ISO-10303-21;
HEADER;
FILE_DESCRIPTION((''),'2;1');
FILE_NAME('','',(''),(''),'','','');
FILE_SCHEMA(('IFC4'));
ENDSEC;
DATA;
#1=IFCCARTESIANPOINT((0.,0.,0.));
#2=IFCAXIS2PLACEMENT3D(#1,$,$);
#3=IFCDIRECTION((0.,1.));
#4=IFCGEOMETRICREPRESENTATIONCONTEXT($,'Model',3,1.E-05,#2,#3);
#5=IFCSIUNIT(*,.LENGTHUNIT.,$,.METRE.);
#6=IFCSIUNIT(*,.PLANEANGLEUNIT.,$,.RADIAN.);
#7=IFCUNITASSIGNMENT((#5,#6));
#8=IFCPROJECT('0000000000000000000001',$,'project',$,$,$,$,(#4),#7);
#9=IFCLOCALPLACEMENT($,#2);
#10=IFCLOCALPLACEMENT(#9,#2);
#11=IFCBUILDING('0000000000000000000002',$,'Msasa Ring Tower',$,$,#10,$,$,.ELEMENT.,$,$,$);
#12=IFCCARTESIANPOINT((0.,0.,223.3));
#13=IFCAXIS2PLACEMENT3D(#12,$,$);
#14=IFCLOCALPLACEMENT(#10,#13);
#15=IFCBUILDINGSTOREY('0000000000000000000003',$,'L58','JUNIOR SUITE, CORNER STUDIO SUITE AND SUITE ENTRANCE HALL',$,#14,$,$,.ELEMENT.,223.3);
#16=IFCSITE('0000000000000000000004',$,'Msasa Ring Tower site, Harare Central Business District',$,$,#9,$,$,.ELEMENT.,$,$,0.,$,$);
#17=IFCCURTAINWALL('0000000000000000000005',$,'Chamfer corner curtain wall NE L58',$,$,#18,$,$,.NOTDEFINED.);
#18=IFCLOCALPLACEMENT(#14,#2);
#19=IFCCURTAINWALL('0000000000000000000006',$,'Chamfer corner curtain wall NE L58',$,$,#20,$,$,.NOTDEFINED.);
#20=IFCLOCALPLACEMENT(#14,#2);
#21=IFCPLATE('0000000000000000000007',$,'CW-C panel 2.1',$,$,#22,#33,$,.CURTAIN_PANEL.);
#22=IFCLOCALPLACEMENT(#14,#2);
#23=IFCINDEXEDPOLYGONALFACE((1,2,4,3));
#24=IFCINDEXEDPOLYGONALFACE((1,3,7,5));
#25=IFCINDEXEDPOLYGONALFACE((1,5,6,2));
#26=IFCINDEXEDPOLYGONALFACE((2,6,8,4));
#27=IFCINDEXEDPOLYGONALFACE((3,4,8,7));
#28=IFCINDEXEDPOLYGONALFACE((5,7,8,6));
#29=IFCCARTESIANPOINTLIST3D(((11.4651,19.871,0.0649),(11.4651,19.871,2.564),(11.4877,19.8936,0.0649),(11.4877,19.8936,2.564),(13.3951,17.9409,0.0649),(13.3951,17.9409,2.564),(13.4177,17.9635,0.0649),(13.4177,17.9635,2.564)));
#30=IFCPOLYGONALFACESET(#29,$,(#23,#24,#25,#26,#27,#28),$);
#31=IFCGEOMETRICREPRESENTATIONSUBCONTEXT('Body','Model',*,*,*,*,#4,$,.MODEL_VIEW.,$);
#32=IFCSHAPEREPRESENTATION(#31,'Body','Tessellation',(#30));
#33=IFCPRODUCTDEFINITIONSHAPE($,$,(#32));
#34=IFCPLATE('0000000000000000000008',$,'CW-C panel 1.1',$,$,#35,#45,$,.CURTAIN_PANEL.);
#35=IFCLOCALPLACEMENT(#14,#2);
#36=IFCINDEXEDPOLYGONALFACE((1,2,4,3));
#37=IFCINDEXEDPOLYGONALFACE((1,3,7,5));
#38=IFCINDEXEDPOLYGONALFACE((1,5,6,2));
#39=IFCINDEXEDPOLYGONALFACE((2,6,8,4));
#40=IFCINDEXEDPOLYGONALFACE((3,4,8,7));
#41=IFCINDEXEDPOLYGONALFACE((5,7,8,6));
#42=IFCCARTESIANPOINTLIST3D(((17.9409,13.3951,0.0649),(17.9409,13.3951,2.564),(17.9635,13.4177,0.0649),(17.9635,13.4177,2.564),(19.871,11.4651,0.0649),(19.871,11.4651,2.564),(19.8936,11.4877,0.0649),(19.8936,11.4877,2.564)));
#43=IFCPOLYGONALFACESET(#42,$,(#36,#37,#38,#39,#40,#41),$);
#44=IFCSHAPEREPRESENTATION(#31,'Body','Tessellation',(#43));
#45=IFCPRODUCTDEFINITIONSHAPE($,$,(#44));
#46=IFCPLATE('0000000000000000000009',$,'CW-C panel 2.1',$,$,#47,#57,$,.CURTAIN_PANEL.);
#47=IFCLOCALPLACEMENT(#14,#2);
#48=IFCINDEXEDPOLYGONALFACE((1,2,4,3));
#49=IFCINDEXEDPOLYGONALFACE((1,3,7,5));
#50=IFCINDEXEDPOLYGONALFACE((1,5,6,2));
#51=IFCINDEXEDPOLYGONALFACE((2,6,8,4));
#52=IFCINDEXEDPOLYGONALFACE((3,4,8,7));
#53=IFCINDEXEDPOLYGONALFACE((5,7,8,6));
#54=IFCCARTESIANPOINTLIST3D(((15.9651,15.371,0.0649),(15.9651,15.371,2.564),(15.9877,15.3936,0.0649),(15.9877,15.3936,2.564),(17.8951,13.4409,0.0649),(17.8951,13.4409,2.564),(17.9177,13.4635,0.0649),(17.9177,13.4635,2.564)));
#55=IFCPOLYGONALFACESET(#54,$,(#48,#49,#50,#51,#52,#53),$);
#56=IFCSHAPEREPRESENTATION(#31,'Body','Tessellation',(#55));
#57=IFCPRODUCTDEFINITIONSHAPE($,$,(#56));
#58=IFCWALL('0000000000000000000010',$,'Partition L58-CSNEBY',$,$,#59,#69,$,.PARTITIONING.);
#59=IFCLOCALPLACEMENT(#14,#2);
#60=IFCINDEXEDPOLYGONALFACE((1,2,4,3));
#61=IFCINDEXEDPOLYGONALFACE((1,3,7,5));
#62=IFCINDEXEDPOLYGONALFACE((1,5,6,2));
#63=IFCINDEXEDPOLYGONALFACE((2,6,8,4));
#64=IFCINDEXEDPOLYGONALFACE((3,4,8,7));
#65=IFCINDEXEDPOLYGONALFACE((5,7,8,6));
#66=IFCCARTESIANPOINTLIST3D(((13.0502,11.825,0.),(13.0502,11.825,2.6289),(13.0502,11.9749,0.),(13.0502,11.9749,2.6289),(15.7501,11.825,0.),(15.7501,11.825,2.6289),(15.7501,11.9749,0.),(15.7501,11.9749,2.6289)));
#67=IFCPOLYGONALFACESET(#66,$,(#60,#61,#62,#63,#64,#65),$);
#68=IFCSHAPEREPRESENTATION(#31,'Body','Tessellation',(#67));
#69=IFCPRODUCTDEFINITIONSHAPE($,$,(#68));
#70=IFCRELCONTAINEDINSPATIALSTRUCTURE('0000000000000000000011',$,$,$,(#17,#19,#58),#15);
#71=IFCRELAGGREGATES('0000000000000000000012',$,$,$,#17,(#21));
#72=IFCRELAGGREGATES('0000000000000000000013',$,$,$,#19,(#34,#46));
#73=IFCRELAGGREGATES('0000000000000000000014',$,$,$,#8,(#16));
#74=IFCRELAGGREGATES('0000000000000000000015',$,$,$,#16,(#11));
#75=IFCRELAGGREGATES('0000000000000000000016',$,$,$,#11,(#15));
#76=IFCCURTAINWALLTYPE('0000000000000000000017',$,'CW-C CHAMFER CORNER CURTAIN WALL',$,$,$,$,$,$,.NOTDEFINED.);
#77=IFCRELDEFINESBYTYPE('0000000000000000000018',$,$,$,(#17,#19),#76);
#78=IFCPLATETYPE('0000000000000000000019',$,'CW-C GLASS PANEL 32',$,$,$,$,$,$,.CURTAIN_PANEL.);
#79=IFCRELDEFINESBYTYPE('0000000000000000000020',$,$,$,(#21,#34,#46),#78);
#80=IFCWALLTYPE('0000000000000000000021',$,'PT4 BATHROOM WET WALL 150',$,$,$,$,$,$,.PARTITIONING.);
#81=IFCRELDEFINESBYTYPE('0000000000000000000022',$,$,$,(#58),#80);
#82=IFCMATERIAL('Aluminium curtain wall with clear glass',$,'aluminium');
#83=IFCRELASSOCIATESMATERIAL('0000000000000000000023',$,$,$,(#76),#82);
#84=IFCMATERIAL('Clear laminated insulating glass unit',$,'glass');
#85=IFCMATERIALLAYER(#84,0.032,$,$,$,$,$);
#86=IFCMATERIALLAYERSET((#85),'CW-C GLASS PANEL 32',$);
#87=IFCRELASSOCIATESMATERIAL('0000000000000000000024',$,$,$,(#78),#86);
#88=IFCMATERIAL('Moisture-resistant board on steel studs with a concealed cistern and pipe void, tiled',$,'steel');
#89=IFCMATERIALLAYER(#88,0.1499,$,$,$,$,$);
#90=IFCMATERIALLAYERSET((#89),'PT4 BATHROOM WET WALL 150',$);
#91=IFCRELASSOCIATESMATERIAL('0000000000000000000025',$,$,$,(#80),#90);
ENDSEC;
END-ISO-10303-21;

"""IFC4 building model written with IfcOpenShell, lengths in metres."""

from ifc_helpers import new_model, si_unit, direction, frame, frame_2d, origin, origin_2d, place, context, subcontext, project, spatial, rectangle, extrude, material, layer, layer_set, type_object, element, aggregate, save


model = new_model("IFC4")

# Units and contexts
model_context = context("Model", 3, precision=1e-05, world=origin(), true_north=direction((0.0, 1.0)))
body_context = subcontext(model_context, "Body", "Model", "MODEL_VIEW")
ifc_project = project(units=[si_unit("LENGTHUNIT", "METRE"), si_unit("PLANEANGLEUNIT", "RADIAN")], contexts=[model_context])

# Site, building, storey
site_placement = place(None, origin())
site = spatial("IfcSite", under=ifc_project, at=site_placement, Name="Msasa Ring Tower site, Harare Central Business District", CompositionType="ELEMENT", RefElevation=0.0)
building_placement = place(site_placement, origin())
building = spatial("IfcBuilding", under=site, at=building_placement, Name="Msasa Ring Tower", CompositionType="ELEMENT")
storey_placement = place(building_placement, frame((0.0, 0.0, 223.3)))
storey = spatial("IfcBuildingStorey", under=building, at=storey_placement, Name="L58", Description="JUNIOR SUITE, CORNER STUDIO SUITE AND SUITE ENTRANCE HALL", CompositionType="ELEMENT", Elevation=223.3)

# Curtain walls
ifc_material_1 = material(Name="Aluminium curtain wall with clear glass", Category="aluminium")
curtain_wall_type = type_object("IfcCurtainWallType", Name="CW-C CHAMFER CORNER CURTAIN WALL", PredefinedType="NOTDEFINED", material=ifc_material_1)
curtain_wall_1_placement = place(storey_placement, origin())
curtain_wall_1 = element("IfcCurtainWall", 1, at=curtain_wall_1_placement, inside=storey, type_object=curtain_wall_type, Name="Chamfer corner curtain wall NE L58", PredefinedType="NOTDEFINED")
curtain_wall_2_placement = place(storey_placement, origin())
curtain_wall_2 = element("IfcCurtainWall", 2, at=curtain_wall_2_placement, inside=storey, type_object=curtain_wall_type, Name="Chamfer corner curtain wall NE L58", PredefinedType="NOTDEFINED")

# Plates
ifc_material_2 = material(Name="Clear laminated insulating glass unit", Category="glass")
ifc_layer_1 = layer(ifc_material_2, 0.032)
ifc_layer_set_1 = layer_set([ifc_layer_1], Name="CW-C GLASS PANEL 32")
plate_type = type_object("IfcPlateType", Name="CW-C GLASS PANEL 32", PredefinedType="CURTAIN_PANEL", material=ifc_layer_set_1)
plate_1_placement = place(storey_placement, frame((12.4414, 18.9172, 0.0649), z_axis=(0.0, 0.0, 1.0), x_axis=(-0.707107, 0.707107, 0.0)))
plate_1 = element("IfcPlate", 3, at=plate_1_placement, type_object=plate_type, Name="CW-C panel 2.1", PredefinedType="CURTAIN_PANEL", context=body_context, shape_type="SweptSolid", body=[
    extrude(rectangle(XDim=2.7295, YDim=0.032, at=origin_2d()), origin(), (0.0, 0.0, 1.0), 2.499),
])
aggregate(curtain_wall_1, [plate_1])
plate_2_placement = place(storey_placement, frame((18.9172, 12.4414, 0.0649), z_axis=(0.0, 0.0, 1.0), x_axis=(-0.707107, 0.707107, 0.0)))
plate_2 = element("IfcPlate", 4, at=plate_2_placement, type_object=plate_type, Name="CW-C panel 1.1", PredefinedType="CURTAIN_PANEL", context=body_context, shape_type="SweptSolid", body=[
    extrude(rectangle(XDim=2.7295, YDim=0.032, at=origin_2d()), origin(), (0.0, 0.0, 1.0), 2.499),
])
plate_3_placement = place(storey_placement, frame((16.9414, 14.4172, 0.0649), z_axis=(0.0, 0.0, 1.0), x_axis=(-0.707107, 0.707107, 0.0)))
plate_3 = element("IfcPlate", 5, at=plate_3_placement, type_object=plate_type, Name="CW-C panel 2.1", PredefinedType="CURTAIN_PANEL", context=body_context, shape_type="SweptSolid", body=[
    extrude(rectangle(XDim=2.7295, YDim=0.032, at=origin_2d()), origin(), (0.0, 0.0, 1.0), 2.499),
])
aggregate(curtain_wall_2, [plate_2, plate_3])

# Wall
ifc_material_3 = material(Name="Moisture-resistant board on steel studs with a concealed cistern and pipe void, tiled", Category="steel")
ifc_layer_2 = layer(ifc_material_3, 0.1499)
ifc_layer_set_2 = layer_set([ifc_layer_2], Name="PT4 BATHROOM WET WALL 150")
wall_type = type_object("IfcWallType", Name="PT4 BATHROOM WET WALL 150", PredefinedType="PARTITIONING", material=ifc_layer_set_2)
wall_placement = place(storey_placement, frame((13.05, 11.8999, 0.0), z_axis=(0.0, 0.0, 1.0), x_axis=(1.0, 0.0, 0.0)))
element("IfcWall", 6, at=wall_placement, inside=storey, type_object=wall_type, Name="Partition L58-CSNEBY", PredefinedType="PARTITIONING", context=body_context, shape_type="SweptSolid", body=[
    extrude(rectangle(XDim=2.7, YDim=0.1499, at=frame_2d((1.3501, 0.0))), origin(), (0.0, 0.0, 1.0), 2.6289),
])

save(model, "model.ifc")
